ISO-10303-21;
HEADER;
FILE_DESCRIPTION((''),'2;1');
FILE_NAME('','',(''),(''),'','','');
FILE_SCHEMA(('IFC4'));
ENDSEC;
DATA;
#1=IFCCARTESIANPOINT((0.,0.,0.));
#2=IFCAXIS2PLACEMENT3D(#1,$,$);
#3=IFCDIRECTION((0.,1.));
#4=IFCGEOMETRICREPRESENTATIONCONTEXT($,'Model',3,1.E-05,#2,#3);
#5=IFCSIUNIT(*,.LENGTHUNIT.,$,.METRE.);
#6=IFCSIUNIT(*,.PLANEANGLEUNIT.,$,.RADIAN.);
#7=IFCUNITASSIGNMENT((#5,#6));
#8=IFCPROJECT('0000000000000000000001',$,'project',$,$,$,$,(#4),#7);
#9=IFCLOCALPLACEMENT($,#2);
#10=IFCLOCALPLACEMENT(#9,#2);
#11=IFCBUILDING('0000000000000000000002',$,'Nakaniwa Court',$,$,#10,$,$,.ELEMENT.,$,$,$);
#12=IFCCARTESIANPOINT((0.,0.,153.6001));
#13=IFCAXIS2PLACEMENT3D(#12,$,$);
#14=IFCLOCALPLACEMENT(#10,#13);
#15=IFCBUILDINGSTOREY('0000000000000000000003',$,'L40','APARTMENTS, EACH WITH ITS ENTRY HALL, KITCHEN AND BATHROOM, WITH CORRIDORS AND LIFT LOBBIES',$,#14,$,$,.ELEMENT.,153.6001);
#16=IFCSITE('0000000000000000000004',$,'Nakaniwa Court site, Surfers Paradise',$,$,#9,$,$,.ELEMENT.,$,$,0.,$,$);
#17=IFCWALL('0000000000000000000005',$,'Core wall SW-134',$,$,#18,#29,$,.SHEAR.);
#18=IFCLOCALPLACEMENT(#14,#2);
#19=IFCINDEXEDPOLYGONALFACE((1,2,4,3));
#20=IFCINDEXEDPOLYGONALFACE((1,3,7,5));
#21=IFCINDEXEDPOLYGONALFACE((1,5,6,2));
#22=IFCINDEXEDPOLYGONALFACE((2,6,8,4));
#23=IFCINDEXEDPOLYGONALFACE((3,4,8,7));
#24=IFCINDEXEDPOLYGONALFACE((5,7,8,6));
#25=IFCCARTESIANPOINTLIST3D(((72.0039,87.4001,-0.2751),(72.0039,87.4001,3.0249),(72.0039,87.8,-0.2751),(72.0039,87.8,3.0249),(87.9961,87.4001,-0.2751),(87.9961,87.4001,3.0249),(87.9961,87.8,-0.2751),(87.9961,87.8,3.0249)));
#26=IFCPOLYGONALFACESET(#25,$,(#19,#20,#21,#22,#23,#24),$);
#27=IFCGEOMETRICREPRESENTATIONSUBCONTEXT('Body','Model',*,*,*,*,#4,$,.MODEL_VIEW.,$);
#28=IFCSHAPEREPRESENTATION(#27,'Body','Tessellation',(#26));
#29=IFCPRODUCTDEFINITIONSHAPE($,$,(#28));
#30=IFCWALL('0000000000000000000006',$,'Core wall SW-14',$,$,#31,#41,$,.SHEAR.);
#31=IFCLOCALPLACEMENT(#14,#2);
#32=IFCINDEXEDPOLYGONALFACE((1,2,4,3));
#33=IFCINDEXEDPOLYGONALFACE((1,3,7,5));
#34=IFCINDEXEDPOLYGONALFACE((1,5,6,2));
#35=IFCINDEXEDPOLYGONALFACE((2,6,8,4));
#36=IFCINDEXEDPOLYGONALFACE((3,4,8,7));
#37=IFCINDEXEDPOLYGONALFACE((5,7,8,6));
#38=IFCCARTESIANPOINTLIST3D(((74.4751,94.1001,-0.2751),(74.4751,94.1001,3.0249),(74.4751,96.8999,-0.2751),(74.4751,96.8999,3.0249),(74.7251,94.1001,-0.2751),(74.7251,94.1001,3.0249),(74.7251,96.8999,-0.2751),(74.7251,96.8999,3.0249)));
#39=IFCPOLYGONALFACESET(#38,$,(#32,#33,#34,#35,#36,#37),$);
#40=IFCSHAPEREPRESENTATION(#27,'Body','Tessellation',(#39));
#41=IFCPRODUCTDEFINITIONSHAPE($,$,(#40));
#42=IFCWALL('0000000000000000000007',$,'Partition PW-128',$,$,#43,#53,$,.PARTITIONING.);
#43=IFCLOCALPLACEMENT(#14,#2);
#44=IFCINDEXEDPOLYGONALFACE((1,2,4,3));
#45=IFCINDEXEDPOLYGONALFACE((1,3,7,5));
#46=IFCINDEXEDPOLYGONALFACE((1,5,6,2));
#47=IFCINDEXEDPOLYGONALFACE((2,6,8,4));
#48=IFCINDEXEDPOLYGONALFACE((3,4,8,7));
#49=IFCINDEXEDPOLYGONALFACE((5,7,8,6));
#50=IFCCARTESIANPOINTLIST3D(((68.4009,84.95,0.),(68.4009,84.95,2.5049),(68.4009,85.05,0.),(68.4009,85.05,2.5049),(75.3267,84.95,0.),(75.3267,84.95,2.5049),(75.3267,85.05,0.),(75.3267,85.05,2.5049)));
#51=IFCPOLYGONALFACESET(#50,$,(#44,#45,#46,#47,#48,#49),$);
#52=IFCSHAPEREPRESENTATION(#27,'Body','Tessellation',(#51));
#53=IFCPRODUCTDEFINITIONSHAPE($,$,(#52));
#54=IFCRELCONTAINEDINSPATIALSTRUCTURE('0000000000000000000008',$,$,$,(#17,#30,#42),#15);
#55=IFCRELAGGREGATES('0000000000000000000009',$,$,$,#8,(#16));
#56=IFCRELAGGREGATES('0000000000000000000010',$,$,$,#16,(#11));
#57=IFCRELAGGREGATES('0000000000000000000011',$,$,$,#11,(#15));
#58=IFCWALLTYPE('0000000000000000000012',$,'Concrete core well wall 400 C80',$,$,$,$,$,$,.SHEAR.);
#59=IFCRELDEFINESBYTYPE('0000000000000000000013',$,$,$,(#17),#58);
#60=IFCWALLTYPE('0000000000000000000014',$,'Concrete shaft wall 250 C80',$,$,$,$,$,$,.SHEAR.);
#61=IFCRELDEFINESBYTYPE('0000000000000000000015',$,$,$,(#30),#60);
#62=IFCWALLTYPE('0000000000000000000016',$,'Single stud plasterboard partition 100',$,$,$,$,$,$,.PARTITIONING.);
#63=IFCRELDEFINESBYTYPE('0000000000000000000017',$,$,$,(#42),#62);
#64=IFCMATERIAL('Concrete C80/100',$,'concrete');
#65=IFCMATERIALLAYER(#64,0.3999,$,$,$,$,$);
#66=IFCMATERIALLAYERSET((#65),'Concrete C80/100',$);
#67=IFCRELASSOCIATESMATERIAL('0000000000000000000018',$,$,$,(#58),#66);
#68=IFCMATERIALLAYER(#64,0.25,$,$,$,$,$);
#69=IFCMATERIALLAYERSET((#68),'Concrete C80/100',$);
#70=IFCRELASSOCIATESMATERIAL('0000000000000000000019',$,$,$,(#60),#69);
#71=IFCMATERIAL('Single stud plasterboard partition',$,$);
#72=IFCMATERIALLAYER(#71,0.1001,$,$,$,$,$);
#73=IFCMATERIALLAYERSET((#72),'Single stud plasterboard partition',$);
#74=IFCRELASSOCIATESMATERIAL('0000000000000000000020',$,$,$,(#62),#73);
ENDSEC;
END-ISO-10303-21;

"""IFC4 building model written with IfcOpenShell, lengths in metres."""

from ifc_helpers import new_model, si_unit, direction, frame, frame_2d, origin, place, context, subcontext, project, spatial, rectangle, extrude, material, layer, layer_set, type_object, element, save


model = new_model("IFC4")

# Units and contexts
model_context = context("Model", 3, precision=1e-05, world=origin(), true_north=direction((0.0, 1.0)))
body_context = subcontext(model_context, "Body", "Model", "MODEL_VIEW")
ifc_project = project(units=[si_unit("LENGTHUNIT", "METRE"), si_unit("PLANEANGLEUNIT", "RADIAN")], contexts=[model_context])

# Site, building, storey
site_placement = place(None, origin())
site = spatial("IfcSite", under=ifc_project, at=site_placement, Name="Nakaniwa Court site, Surfers Paradise", CompositionType="ELEMENT", RefElevation=0.0)
building_placement = place(site_placement, origin())
building = spatial("IfcBuilding", under=site, at=building_placement, Name="Nakaniwa Court", CompositionType="ELEMENT")
storey_placement = place(building_placement, frame((0.0, 0.0, 153.6001)))
storey = spatial("IfcBuildingStorey", under=building, at=storey_placement, Name="L40", Description="APARTMENTS, EACH WITH ITS ENTRY HALL, KITCHEN AND BATHROOM, WITH CORRIDORS AND LIFT LOBBIES", CompositionType="ELEMENT", Elevation=153.6001)

# Shared definitions
ifc_material_1 = material(Name="Concrete C80/100", Category="concrete")

# Walls
ifc_layer_1 = layer(ifc_material_1, 0.3999)
ifc_layer_set_1 = layer_set([ifc_layer_1], Name="Concrete C80/100")
wall_type_1 = type_object("IfcWallType", Name="Concrete core well wall 400 C80", PredefinedType="SHEAR", material=ifc_layer_set_1)
wall_1_placement = place(storey_placement, frame((72.0039, 87.6001, -0.2751), z_axis=(0.0, 0.0, 1.0), x_axis=(1.0, 0.0, 0.0)))
element("IfcWall", 1, at=wall_1_placement, inside=storey, type_object=wall_type_1, Name="Core wall SW-134", PredefinedType="SHEAR", context=body_context, shape_type="SweptSolid", body=[
    extrude(rectangle(XDim=15.9922, YDim=0.3999, at=frame_2d((7.9961, 0.0))), origin(), (0.0, 0.0, 1.0), 3.3),
])
ifc_layer_2 = layer(ifc_material_1, 0.25)
ifc_layer_set_2 = layer_set([ifc_layer_2], Name="Concrete C80/100")
wall_type_2 = type_object("IfcWallType", Name="Concrete shaft wall 250 C80", PredefinedType="SHEAR", material=ifc_layer_set_2)
wall_2_placement = place(storey_placement, frame((74.6001, 94.1001, -0.2751), z_axis=(0.0, 0.0, 1.0), x_axis=(0.0, 1.0, 0.0)))
element("IfcWall", 2, at=wall_2_placement, inside=storey, type_object=wall_type_2, Name="Core wall SW-14", PredefinedType="SHEAR", context=body_context, shape_type="SweptSolid", body=[
    extrude(rectangle(XDim=2.7998, YDim=0.25, at=frame_2d((1.3999, 0.0))), origin(), (0.0, 0.0, 1.0), 3.3),
])
ifc_material_2 = material(Name="Single stud plasterboard partition")
ifc_layer_3 = layer(ifc_material_2, 0.1001)
ifc_layer_set_3 = layer_set([ifc_layer_3], Name="Single stud plasterboard partition")
wall_type_3 = type_object("IfcWallType", Name="Single stud plasterboard partition 100", PredefinedType="PARTITIONING", material=ifc_layer_set_3)
wall_3_placement = place(storey_placement, frame((68.4009, 85.0, 0.0), z_axis=(0.0, 0.0, 1.0), x_axis=(1.0, 0.0, 0.0)))
element("IfcWall", 3, at=wall_3_placement, inside=storey, type_object=wall_type_3, Name="Partition PW-128", PredefinedType="PARTITIONING", context=body_context, shape_type="SweptSolid", body=[
    extrude(rectangle(XDim=6.9258, YDim=0.1001, at=frame_2d((3.4629, 0.0))), origin(), (0.0, 0.0, 1.0), 2.5049),
])

save(model, "model.ifc")
